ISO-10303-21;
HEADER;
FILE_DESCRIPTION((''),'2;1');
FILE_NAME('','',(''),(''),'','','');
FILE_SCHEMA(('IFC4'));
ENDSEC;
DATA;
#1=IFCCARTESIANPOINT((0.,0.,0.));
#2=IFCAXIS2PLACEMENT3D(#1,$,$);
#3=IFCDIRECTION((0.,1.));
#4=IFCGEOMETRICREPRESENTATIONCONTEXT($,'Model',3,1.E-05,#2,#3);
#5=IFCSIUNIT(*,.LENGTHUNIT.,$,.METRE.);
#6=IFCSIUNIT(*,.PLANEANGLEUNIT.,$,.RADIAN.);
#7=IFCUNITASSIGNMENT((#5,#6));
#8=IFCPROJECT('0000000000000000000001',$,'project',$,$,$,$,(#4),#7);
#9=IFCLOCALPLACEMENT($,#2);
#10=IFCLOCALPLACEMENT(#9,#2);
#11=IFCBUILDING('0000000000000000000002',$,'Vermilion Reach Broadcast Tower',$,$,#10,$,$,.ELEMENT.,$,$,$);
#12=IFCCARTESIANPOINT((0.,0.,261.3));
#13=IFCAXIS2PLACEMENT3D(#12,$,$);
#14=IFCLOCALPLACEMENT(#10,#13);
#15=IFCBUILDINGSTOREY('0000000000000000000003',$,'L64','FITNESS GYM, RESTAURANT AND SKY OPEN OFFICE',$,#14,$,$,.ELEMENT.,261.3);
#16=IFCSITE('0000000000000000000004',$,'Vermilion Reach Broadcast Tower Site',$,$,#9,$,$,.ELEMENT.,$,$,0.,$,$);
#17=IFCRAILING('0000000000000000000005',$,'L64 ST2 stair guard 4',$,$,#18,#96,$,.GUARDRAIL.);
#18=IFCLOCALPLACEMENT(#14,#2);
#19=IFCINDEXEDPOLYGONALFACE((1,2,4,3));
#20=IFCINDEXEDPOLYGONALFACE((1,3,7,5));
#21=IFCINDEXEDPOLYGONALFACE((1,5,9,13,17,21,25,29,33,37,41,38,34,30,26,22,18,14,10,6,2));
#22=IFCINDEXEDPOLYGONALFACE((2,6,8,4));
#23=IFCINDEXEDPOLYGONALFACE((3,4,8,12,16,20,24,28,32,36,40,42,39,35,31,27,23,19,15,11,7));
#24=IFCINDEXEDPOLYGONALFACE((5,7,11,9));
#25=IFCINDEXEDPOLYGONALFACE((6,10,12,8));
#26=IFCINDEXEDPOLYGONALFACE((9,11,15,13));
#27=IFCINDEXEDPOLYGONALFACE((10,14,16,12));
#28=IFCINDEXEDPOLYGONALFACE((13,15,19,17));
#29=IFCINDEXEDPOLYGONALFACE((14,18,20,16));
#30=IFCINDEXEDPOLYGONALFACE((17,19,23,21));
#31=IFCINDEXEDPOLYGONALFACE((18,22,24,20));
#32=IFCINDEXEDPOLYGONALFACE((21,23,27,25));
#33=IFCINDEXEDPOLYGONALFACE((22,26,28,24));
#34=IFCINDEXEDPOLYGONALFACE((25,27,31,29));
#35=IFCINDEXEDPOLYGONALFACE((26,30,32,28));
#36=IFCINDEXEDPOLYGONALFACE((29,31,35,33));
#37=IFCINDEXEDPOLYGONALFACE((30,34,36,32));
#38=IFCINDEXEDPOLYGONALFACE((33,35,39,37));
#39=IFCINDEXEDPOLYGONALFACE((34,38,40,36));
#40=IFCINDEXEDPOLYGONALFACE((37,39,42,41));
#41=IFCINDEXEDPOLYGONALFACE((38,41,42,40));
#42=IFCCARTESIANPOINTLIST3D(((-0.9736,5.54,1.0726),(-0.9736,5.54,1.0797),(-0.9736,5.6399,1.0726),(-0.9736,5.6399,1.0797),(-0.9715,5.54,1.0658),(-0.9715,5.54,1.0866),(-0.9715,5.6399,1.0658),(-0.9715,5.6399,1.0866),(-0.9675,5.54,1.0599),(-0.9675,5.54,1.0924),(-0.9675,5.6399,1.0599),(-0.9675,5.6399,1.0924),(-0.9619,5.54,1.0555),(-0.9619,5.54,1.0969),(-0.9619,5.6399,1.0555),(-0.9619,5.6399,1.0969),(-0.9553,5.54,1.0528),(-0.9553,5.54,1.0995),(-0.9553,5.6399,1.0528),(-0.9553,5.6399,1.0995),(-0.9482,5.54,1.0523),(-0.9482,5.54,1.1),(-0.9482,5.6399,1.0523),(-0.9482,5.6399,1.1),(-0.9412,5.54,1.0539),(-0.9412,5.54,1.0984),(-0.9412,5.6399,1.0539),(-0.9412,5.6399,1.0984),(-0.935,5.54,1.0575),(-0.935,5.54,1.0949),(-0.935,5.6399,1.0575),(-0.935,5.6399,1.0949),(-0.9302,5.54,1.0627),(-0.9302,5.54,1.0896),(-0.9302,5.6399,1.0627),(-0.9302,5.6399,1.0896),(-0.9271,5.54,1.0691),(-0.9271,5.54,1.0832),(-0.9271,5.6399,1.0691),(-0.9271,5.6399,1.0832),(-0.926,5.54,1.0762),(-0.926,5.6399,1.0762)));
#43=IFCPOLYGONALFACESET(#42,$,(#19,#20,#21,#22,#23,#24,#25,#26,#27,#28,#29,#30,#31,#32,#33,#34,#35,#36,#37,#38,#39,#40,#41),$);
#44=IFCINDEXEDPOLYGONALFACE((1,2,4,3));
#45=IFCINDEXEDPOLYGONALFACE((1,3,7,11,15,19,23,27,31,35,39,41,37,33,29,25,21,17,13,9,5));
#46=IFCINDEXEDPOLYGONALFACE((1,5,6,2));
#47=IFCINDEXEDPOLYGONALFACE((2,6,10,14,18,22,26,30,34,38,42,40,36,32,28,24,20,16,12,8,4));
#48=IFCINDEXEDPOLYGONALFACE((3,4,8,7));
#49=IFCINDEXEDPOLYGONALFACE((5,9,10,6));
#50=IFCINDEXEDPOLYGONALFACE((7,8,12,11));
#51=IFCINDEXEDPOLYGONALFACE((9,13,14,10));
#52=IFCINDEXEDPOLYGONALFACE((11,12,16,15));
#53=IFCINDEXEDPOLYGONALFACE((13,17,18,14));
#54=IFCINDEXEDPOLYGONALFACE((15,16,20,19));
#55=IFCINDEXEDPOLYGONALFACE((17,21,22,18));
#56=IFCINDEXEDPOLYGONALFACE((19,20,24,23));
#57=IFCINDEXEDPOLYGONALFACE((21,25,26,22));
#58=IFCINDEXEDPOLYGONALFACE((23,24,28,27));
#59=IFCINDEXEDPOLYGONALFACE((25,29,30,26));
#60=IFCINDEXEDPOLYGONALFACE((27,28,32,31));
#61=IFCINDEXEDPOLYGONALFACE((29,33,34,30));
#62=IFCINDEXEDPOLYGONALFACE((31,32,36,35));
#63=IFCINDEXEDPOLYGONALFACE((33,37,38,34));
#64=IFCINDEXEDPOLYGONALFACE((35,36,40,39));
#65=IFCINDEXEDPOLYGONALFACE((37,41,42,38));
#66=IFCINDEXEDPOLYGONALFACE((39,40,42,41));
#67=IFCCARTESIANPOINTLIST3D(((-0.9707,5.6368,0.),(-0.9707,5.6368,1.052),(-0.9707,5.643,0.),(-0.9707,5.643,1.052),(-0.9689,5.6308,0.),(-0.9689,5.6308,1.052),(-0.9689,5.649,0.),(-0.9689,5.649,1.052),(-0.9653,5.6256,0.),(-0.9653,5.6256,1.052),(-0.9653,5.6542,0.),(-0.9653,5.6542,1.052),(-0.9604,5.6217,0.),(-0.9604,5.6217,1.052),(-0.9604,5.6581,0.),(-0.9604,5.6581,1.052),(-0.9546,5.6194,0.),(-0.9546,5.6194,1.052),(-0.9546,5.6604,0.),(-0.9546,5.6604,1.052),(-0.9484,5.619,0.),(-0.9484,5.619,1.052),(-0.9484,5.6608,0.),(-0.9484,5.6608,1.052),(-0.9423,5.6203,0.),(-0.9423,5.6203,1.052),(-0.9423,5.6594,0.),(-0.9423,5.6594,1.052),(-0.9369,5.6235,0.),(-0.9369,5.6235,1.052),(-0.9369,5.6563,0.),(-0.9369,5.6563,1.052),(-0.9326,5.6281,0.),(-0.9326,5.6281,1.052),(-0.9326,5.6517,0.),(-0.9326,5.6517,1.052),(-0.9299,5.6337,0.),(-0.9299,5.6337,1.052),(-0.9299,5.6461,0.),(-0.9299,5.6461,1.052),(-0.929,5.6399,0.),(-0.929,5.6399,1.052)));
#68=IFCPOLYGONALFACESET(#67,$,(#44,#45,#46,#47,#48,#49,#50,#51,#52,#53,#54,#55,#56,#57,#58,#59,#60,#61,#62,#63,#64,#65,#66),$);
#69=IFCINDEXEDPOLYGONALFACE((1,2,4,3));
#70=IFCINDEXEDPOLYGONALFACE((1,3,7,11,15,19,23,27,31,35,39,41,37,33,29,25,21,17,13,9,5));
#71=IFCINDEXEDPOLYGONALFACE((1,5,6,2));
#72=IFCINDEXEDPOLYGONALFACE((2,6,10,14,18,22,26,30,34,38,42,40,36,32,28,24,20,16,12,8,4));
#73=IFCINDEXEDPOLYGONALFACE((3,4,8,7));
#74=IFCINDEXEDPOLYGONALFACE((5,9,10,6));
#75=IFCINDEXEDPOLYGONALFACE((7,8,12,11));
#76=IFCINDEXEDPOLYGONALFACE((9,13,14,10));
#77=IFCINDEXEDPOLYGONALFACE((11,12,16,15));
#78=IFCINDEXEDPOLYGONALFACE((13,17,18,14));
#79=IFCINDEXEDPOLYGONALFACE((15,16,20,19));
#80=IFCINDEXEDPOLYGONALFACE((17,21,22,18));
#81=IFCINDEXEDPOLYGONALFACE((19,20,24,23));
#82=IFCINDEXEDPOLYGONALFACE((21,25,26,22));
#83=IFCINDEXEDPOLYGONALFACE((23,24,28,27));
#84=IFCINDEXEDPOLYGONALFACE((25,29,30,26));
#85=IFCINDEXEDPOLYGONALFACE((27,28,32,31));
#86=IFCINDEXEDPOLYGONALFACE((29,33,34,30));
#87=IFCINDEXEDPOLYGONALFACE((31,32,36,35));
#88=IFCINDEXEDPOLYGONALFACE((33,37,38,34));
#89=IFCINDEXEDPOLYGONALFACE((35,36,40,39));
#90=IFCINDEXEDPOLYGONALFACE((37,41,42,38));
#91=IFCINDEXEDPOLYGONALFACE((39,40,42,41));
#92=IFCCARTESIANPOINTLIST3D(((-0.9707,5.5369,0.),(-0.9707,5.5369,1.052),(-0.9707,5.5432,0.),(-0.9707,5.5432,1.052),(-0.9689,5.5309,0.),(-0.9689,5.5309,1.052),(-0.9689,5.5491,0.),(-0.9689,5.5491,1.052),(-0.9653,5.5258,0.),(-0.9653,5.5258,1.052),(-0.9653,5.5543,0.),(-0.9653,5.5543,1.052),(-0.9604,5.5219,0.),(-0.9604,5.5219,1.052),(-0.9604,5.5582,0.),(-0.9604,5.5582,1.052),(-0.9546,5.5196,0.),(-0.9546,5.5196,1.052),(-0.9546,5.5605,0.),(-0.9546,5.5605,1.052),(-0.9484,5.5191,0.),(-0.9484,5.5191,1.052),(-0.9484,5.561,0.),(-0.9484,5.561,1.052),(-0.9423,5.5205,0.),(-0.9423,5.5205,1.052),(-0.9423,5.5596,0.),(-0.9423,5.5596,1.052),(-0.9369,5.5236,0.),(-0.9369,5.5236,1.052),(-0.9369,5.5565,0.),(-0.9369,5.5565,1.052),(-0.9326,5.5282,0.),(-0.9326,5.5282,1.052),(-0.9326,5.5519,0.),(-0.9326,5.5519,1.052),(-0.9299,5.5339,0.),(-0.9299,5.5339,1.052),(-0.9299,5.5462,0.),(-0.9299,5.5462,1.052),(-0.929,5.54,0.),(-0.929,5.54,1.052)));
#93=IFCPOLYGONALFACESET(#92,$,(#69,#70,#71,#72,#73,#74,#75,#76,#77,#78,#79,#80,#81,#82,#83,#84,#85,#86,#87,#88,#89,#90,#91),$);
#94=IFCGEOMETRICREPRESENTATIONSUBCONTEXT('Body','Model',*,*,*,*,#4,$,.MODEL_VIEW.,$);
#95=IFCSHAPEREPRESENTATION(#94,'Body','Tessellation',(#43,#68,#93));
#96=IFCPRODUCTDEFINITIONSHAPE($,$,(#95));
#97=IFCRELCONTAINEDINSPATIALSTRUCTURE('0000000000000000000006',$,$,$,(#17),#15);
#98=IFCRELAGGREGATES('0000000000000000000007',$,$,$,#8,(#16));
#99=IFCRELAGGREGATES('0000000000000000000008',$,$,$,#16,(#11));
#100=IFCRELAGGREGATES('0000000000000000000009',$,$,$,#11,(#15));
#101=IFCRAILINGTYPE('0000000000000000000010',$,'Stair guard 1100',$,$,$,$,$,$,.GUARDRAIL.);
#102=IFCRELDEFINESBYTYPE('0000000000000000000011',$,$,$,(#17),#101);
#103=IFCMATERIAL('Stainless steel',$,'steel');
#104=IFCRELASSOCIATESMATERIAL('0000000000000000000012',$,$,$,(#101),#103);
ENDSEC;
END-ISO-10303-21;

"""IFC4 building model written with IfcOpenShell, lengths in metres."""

from ifc_helpers import new_model, si_unit, direction, frame, origin, origin_2d, place, context, subcontext, project, spatial, circle, extrude, material, type_object, element, save


model = new_model("IFC4")

# Units and contexts
model_context = context("Model", 3, precision=1e-05, world=origin(), true_north=direction((0.0, 1.0)))
body_context = subcontext(model_context, "Body", "Model", "MODEL_VIEW")
ifc_project = project(units=[si_unit("LENGTHUNIT", "METRE"), si_unit("PLANEANGLEUNIT", "RADIAN")], contexts=[model_context])

# Site, building, storey
site_placement = place(None, origin())
site = spatial("IfcSite", under=ifc_project, at=site_placement, Name="Vermilion Reach Broadcast Tower Site", CompositionType="ELEMENT", RefElevation=0.0)
building_placement = place(site_placement, origin())
building = spatial("IfcBuilding", under=site, at=building_placement, Name="Vermilion Reach Broadcast Tower", CompositionType="ELEMENT")
storey_placement = place(building_placement, frame((0.0, 0.0, 261.3)))
storey = spatial("IfcBuildingStorey", under=building, at=storey_placement, Name="L64", Description="FITNESS GYM, RESTAURANT AND SKY OPEN OFFICE", CompositionType="ELEMENT", Elevation=261.3)

# Railing
ifc_material_1 = material(Name="Stainless steel", Category="steel")
railing_type_1 = type_object("IfcRailingType", Name="Stair guard 1100", PredefinedType="GUARDRAIL", material=ifc_material_1)
railing_1_placement = place(storey_placement, frame((-0.95, 5.6399, 0.0)))
element("IfcRailing", 1, at=railing_1_placement, inside=storey, type_object=railing_type_1, Name="L64 ST2 stair guard 4", PredefinedType="GUARDRAIL", context=body_context, shape_type="SweptSolid", body=[
    extrude(circle(Radius=0.0239, at=origin_2d()), frame((0.0, 0.0, 1.0762), z_axis=(0.0, -1.0, 0.0), x_axis=(1.0, 0.0, 0.0)), (0.0, 0.0, 1.0), 0.0999),
    extrude(circle(Radius=0.021, at=origin_2d()), origin(), (0.0, 0.0, 1.0), 1.052),
    extrude(circle(Radius=0.021, at=origin_2d()), frame((0.0, -0.0999, 0.0)), (0.0, 0.0, 1.0), 1.052),
])

save(model, "model.ifc")
